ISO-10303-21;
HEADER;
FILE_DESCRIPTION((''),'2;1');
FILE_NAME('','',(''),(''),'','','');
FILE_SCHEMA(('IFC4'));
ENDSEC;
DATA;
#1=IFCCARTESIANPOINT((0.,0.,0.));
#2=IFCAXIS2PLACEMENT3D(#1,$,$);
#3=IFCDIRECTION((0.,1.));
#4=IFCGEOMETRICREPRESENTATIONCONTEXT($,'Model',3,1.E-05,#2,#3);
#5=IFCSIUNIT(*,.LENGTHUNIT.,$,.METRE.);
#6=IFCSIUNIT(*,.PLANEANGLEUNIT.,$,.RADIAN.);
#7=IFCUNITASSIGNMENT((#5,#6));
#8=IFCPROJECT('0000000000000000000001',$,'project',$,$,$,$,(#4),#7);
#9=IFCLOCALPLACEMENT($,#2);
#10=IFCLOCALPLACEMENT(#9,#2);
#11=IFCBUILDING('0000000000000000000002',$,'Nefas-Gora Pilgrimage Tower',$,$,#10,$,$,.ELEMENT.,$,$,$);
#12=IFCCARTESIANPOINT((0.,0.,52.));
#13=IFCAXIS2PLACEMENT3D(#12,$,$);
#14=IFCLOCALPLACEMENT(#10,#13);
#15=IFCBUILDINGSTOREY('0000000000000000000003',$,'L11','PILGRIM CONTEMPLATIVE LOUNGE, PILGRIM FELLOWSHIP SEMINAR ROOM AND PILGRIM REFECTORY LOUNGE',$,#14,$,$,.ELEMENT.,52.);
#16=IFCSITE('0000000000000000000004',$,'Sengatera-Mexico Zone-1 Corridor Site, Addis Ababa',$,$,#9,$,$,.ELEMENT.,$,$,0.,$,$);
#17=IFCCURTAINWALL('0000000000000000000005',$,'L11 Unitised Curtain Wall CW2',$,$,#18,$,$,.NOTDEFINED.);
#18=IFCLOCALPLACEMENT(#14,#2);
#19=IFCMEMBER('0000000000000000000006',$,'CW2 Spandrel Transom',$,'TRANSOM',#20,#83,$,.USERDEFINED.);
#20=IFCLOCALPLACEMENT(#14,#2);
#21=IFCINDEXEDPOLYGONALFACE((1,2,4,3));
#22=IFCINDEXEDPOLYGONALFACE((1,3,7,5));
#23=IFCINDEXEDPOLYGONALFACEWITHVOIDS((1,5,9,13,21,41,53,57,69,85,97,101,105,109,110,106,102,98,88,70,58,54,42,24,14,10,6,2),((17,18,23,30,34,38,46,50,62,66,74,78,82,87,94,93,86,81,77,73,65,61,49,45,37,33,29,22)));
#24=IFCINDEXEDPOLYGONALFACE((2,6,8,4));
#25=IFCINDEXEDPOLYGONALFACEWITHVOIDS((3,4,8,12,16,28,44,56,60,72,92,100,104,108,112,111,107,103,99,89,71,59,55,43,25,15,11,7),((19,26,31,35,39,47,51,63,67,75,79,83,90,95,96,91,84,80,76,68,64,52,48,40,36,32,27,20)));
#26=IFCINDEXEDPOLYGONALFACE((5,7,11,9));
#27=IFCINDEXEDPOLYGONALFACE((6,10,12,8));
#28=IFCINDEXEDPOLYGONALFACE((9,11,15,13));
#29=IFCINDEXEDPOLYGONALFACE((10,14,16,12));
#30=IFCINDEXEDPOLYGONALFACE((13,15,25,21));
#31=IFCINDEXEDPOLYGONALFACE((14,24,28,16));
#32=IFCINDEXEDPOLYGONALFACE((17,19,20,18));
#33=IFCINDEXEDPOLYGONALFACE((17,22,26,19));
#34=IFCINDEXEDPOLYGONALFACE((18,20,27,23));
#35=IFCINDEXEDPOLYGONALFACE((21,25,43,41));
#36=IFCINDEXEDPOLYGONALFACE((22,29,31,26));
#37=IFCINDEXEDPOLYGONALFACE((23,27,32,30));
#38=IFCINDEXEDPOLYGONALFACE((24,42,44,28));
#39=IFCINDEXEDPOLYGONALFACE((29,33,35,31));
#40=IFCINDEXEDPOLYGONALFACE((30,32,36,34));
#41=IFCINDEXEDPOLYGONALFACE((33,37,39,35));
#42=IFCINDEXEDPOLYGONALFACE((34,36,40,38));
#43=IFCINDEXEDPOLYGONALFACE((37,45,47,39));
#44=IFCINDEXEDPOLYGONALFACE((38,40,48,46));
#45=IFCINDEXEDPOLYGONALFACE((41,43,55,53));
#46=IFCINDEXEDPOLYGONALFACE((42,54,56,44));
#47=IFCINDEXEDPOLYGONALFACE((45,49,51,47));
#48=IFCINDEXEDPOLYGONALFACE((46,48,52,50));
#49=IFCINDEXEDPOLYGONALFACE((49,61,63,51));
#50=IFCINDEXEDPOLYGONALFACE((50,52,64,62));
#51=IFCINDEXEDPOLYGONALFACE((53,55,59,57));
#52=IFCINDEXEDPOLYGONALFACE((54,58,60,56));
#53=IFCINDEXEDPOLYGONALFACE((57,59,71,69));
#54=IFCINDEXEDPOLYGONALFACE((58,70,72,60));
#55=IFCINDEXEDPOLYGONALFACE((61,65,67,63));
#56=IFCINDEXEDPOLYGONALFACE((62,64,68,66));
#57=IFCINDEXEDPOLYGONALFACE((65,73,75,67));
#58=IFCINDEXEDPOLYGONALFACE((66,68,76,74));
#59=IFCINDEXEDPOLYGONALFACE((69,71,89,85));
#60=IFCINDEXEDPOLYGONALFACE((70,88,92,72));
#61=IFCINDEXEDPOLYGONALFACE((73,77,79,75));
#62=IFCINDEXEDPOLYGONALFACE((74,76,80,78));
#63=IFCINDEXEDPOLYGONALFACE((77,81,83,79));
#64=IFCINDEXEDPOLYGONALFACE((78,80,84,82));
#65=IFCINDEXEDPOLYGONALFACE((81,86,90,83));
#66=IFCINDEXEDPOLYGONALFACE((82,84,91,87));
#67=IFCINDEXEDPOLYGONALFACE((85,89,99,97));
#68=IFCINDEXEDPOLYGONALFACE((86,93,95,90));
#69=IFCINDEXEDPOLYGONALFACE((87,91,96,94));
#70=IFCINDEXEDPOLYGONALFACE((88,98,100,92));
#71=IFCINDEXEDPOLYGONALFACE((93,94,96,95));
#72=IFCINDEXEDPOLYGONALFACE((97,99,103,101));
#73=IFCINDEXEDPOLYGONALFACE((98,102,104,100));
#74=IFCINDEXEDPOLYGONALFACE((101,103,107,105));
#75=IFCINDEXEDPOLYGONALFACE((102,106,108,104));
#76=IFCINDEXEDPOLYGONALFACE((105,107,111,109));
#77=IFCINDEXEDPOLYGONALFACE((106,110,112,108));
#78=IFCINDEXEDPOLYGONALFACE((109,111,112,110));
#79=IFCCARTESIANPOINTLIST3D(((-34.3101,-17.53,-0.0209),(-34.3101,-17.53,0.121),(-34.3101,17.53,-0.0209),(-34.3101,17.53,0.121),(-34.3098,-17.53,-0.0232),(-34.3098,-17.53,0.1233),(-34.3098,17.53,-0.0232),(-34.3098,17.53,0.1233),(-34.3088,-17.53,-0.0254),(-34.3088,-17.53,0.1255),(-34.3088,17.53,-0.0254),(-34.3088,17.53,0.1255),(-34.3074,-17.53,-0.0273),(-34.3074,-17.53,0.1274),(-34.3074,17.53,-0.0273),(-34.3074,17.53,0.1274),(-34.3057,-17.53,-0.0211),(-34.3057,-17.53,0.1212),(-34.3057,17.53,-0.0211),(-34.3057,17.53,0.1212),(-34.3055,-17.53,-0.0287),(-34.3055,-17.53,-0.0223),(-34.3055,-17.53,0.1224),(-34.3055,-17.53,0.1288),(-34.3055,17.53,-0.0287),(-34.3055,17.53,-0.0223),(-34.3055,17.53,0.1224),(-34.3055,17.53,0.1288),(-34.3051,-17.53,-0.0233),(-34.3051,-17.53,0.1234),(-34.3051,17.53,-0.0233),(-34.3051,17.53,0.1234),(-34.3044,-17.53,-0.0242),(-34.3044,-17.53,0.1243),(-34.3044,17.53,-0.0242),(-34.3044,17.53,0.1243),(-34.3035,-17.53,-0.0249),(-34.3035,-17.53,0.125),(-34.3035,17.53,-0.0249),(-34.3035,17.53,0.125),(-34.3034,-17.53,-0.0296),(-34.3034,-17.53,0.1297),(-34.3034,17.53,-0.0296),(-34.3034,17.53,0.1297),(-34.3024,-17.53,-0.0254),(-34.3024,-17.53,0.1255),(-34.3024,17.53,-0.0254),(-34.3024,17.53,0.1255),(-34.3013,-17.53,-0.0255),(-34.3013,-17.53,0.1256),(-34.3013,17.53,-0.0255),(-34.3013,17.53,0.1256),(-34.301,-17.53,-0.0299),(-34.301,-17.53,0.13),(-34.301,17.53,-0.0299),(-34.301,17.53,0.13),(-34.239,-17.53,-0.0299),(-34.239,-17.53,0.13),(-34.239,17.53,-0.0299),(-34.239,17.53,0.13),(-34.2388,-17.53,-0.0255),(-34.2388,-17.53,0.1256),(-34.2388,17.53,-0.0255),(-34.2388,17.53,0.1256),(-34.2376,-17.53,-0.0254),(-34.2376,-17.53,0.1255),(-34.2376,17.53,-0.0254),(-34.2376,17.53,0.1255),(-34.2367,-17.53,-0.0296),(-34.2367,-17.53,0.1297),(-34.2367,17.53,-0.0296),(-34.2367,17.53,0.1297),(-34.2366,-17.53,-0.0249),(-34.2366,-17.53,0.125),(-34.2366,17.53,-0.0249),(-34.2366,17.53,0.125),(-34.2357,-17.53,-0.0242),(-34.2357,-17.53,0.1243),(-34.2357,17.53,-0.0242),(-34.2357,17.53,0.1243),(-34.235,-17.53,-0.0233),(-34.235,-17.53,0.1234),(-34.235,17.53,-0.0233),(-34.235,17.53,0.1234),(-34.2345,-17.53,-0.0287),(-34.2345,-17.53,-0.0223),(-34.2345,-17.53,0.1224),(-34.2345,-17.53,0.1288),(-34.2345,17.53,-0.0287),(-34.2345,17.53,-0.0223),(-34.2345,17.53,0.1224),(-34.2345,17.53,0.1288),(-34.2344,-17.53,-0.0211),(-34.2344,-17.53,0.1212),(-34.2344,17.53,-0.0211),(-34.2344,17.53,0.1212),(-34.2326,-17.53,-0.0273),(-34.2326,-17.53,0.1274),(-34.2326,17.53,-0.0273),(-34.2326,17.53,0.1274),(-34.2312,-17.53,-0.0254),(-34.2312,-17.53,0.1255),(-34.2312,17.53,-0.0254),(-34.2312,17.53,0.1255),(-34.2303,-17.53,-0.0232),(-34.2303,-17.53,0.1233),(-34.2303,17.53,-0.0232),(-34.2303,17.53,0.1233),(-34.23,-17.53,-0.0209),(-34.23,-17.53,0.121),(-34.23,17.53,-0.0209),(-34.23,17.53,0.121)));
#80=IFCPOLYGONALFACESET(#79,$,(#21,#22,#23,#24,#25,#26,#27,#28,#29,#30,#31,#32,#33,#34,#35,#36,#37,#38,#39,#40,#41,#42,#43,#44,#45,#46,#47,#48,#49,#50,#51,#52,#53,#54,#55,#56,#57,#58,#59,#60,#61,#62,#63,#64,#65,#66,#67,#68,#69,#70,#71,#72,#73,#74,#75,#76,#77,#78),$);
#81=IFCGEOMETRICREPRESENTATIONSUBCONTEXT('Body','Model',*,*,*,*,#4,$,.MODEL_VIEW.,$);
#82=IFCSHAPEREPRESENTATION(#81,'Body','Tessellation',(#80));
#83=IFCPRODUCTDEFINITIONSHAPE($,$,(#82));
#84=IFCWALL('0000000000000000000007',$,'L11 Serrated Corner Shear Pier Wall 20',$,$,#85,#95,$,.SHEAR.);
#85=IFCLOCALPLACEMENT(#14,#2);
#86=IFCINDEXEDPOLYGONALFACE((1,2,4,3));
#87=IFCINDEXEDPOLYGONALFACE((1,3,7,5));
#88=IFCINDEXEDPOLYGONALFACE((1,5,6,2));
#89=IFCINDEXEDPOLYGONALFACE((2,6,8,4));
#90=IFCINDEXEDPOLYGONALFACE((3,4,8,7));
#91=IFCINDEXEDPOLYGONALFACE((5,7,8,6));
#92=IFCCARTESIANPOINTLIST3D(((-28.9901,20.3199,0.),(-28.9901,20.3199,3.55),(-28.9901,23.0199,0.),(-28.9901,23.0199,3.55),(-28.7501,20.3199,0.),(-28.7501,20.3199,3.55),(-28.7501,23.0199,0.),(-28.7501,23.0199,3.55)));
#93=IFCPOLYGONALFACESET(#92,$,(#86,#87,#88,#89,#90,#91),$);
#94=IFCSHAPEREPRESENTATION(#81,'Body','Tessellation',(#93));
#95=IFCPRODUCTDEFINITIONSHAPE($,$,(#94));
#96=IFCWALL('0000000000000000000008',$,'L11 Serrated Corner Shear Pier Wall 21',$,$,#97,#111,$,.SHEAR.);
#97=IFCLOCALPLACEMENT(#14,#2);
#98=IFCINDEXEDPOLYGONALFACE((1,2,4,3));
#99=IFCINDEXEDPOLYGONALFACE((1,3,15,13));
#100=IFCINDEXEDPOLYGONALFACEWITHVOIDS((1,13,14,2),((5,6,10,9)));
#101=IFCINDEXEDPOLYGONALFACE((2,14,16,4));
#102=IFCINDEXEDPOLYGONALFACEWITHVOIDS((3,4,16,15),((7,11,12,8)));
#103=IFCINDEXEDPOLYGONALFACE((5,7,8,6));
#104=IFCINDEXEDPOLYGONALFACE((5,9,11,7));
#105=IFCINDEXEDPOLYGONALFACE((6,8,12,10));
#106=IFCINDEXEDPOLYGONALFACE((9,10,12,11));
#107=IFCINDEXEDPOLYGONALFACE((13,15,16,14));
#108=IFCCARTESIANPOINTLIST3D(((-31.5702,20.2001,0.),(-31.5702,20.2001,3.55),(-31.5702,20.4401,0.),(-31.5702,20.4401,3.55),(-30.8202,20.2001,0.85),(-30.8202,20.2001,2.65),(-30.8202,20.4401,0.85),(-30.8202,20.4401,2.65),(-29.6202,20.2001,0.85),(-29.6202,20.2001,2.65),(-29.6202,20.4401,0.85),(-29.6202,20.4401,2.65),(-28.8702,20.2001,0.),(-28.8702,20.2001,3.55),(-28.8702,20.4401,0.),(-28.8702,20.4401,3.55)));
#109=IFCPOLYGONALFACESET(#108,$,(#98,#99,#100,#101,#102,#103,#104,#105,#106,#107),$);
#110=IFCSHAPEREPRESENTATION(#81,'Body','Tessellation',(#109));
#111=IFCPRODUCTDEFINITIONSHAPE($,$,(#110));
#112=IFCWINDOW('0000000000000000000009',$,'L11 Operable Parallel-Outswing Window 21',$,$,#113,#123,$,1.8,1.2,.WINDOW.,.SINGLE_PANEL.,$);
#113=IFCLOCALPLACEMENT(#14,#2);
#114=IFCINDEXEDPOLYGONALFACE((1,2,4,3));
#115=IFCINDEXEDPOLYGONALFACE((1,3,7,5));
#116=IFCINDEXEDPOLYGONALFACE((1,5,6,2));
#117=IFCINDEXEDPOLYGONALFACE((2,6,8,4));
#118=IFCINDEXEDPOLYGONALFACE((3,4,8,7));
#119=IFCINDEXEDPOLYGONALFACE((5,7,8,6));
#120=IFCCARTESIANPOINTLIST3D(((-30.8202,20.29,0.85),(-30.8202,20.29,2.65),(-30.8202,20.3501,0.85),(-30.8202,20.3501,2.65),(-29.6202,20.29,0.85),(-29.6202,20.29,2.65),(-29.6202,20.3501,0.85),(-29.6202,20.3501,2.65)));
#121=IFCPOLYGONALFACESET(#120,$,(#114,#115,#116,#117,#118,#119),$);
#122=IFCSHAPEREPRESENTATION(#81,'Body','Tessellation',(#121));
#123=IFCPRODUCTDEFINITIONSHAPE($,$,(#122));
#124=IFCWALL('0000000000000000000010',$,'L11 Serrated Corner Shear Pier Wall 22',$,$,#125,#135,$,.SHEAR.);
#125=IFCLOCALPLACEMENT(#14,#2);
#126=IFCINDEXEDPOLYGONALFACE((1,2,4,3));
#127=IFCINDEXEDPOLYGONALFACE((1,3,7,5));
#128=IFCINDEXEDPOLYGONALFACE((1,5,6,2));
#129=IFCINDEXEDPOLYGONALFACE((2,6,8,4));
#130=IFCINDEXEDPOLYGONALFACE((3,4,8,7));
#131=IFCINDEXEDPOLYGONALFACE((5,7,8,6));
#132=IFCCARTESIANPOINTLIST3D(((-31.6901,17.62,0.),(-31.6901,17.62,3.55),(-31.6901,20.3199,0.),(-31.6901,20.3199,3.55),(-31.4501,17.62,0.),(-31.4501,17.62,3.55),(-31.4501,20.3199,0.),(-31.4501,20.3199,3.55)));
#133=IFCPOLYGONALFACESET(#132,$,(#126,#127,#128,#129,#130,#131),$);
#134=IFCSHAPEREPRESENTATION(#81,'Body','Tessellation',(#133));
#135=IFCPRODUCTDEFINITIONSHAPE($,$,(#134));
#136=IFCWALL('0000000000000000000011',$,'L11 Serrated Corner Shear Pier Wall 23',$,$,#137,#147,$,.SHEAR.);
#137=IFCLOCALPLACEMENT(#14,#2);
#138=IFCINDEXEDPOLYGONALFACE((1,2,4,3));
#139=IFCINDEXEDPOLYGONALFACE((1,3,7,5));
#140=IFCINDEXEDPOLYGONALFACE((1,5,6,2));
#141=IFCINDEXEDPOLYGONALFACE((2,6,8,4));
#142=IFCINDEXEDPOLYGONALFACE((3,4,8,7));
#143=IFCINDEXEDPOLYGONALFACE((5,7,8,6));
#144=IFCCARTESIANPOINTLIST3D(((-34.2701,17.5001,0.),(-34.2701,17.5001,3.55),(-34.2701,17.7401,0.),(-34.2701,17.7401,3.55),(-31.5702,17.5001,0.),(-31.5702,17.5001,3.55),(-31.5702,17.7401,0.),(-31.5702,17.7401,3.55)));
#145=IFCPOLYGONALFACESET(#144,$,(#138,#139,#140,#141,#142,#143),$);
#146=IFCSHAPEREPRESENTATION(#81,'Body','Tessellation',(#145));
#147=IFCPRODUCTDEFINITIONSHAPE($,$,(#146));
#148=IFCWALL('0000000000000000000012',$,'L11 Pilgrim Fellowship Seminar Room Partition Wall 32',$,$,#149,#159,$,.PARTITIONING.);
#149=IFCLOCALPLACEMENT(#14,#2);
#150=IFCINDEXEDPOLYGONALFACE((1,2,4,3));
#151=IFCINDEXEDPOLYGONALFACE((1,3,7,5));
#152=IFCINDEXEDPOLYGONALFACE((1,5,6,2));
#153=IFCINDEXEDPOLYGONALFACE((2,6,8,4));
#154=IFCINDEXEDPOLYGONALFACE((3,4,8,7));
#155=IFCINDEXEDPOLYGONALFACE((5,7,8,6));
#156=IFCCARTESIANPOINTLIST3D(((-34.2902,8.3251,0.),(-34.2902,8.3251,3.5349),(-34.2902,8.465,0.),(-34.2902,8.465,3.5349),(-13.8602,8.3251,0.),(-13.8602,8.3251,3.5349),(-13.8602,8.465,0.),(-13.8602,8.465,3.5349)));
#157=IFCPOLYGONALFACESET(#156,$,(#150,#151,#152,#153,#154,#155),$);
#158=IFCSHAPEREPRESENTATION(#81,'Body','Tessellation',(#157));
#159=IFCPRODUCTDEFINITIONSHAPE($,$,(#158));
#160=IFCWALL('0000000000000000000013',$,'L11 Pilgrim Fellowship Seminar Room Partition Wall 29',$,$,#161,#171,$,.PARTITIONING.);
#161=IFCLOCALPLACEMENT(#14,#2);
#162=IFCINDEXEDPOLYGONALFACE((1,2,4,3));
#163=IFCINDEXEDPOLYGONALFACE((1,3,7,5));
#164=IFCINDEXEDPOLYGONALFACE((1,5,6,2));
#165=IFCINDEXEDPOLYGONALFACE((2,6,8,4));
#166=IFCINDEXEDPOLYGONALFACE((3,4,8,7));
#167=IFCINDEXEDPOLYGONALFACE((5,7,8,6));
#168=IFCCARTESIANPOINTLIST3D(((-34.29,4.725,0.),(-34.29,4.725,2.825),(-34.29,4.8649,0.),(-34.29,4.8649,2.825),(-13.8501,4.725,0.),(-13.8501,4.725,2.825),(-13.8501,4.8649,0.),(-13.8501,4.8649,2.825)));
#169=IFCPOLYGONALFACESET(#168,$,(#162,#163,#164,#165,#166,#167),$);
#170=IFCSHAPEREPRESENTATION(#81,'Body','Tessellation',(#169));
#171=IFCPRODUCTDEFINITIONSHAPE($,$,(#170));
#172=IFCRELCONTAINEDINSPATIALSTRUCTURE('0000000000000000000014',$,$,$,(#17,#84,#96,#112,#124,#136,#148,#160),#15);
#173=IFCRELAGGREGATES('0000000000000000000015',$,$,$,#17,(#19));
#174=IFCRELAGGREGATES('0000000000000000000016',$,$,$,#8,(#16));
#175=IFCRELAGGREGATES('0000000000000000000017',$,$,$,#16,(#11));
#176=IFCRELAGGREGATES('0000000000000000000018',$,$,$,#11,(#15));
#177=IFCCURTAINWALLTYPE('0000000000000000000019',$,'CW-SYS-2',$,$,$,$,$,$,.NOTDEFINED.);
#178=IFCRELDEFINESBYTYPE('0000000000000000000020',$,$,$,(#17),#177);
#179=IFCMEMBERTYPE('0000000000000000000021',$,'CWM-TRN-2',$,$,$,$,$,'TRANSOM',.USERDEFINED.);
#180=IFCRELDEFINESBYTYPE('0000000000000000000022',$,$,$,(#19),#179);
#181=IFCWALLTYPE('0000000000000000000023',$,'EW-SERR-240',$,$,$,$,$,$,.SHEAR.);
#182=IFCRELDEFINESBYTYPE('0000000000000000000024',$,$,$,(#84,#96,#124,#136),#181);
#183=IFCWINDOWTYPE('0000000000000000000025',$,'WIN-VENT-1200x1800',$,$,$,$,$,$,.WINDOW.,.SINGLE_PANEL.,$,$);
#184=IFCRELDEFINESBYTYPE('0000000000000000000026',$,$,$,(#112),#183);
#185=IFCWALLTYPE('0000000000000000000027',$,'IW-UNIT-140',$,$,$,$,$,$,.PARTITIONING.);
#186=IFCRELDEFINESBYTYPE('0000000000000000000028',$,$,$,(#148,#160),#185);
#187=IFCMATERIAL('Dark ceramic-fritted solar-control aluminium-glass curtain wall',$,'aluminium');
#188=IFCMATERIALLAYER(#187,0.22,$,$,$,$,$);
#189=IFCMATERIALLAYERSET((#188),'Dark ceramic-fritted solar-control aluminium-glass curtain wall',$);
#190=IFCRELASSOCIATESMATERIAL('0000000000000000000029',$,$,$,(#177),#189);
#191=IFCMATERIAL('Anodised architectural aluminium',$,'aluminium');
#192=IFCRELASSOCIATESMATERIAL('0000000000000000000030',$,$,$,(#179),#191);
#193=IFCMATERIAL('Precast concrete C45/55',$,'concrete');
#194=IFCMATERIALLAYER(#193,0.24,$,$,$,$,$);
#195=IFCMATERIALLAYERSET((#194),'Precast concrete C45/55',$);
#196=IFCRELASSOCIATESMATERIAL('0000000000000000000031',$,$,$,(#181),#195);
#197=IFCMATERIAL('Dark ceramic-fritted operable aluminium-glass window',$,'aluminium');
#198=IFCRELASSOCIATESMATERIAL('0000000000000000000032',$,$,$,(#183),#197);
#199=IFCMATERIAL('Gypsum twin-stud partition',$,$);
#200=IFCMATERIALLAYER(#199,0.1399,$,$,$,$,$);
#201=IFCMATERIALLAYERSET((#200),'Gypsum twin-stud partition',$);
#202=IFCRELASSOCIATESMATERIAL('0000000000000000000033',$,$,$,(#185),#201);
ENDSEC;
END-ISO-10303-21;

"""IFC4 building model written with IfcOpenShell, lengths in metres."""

from ifc_helpers import new_model, si_unit, direction, frame, frame_2d, origin, origin_2d, place, context, subcontext, project, spatial, rectangle, hollow_rectangle, extrude, source, transform, mapped, material, layer, layer_set, material_profile, profile_set, type_object, element, fill, aggregate, save


model = new_model("IFC4")

# Units and contexts
model_context = context("Model", 3, precision=1e-05, world=origin(), true_north=direction((0.0, 1.0)))
body_context = subcontext(model_context, "Body", "Model", "MODEL_VIEW")
ifc_project = project(units=[si_unit("LENGTHUNIT", "METRE"), si_unit("PLANEANGLEUNIT", "RADIAN")], contexts=[model_context])

# Site, building, storey
site_placement = place(None, origin())
site = spatial("IfcSite", under=ifc_project, at=site_placement, Name="Sengatera-Mexico Zone-1 Corridor Site, Addis Ababa", CompositionType="ELEMENT", RefElevation=0.0)
building_placement = place(site_placement, origin())
building = spatial("IfcBuilding", under=site, at=building_placement, Name="Nefas-Gora Pilgrimage Tower", CompositionType="ELEMENT")
storey_placement = place(building_placement, frame((0.0, 0.0, 52.0)))
storey = spatial("IfcBuildingStorey", under=building, at=storey_placement, Name="L11", Description="PILGRIM CONTEMPLATIVE LOUNGE, PILGRIM FELLOWSHIP SEMINAR ROOM AND PILGRIM REFECTORY LOUNGE", CompositionType="ELEMENT", Elevation=52.0)

# Shared definitions
ifc_material_1 = material(Name="Dark ceramic-fritted solar-control aluminium-glass curtain wall", Category="aluminium")
ifc_layer_1 = layer(ifc_material_1, 0.22)
ifc_layer_set_1 = layer_set([ifc_layer_1], Name="Dark ceramic-fritted solar-control aluminium-glass curtain wall")
curtain_wall_type = type_object("IfcCurtainWallType", Name="CW-SYS-2", PredefinedType="NOTDEFINED", material=ifc_layer_set_1)
ifc_material_2 = material(Name="Anodised architectural aluminium", Category="aluminium")

# Curtain wall, member
curtain_wall_1_placement = place(storey_placement, origin())
curtain_wall_1 = element("IfcCurtainWall", 1, at=curtain_wall_1_placement, inside=storey, type_object=curtain_wall_type, Name="L11 Unitised Curtain Wall CW2", PredefinedType="NOTDEFINED")
ifc_material_profile_1 = material_profile(ifc_material_2, hollow_rectangle(XDim=0.0801, YDim=0.1599, WallThickness=0.0044, InnerFilletRadius=0.0044, OuterFilletRadius=0.009, at=origin_2d()), Name="ALU TRANSOM 80x160")
ifc_profile_set_1 = profile_set([ifc_material_profile_1], Name="Anodised architectural aluminium")
member_type_1 = type_object("IfcMemberType", Name="CWM-TRN-2", ElementType="TRANSOM", PredefinedType="USERDEFINED", material=ifc_profile_set_1)
shared_shape_1 = source(origin(), body_context, "Body", "SweptSolid", [
    extrude(hollow_rectangle(XDim=0.0801, YDim=0.1599, WallThickness=0.0044, InnerFilletRadius=0.0044, OuterFilletRadius=0.009, at=origin_2d()), origin(), (0.0, 0.0, 1.0), 35.0601),
])
member_1_placement = place(storey_placement, frame((-34.27, 17.53, 0.05), z_axis=(0.0, -1.0, 0.0), x_axis=(1.0, 0.0, 0.0)))
member_1 = element("IfcMember", 2, at=member_1_placement, type_object=member_type_1, Name="CW2 Spandrel Transom", ObjectType="TRANSOM", PredefinedType="USERDEFINED", context=body_context, shape_type="MappedRepresentation", body=[
    mapped(shared_shape_1, transform((0.0, 0.0, 0.0), x_axis=(1.0, 0.0, 0.0), y_axis=(0.0, 1.0, 0.0), z_axis=(0.0, 0.0, 1.0), scale=1.0)),
])
aggregate(curtain_wall_1, [member_1])

# Wall
ifc_material_3 = material(Name="Precast concrete C45/55", Category="concrete")
ifc_layer_2 = layer(ifc_material_3, 0.24)
ifc_layer_set_2 = layer_set([ifc_layer_2], Name="Precast concrete C45/55")
wall_type_1 = type_object("IfcWallType", Name="EW-SERR-240", PredefinedType="SHEAR", material=ifc_layer_set_2)
shared_shape_2 = source(origin(), body_context, "Body", "SweptSolid", [
    extrude(rectangle(XDim=2.7, YDim=0.24, at=frame_2d((1.3501, 0.0))), origin(), (0.0, 0.0, 1.0), 3.55),
])
wall_1_placement = place(storey_placement, frame((-28.8701, 23.02, 0.0), z_axis=(0.0, 0.0, 1.0), x_axis=(0.0, -1.0, 0.0)))
element("IfcWall", 3, at=wall_1_placement, inside=storey, type_object=wall_type_1, Name="L11 Serrated Corner Shear Pier Wall 20", PredefinedType="SHEAR", context=body_context, shape_type="MappedRepresentation", body=[
    mapped(shared_shape_2, transform((0.0, 0.0, 0.0), x_axis=(1.0, 0.0, 0.0), y_axis=(0.0, 1.0, 0.0), z_axis=(0.0, 0.0, 1.0), scale=1.0)),
])

# Wall, opening, window
wall_2_placement = place(storey_placement, frame((-28.8701, 20.3201, 0.0), z_axis=(0.0, 0.0, 1.0), x_axis=(-1.0, 0.0, 0.0)))
wall_2 = element("IfcWall", 4, at=wall_2_placement, inside=storey, type_object=wall_type_1, Name="L11 Serrated Corner Shear Pier Wall 21", PredefinedType="SHEAR", context=body_context, shape_type="MappedRepresentation", body=[
    mapped(shared_shape_2, transform((0.0, 0.0, 0.0), x_axis=(1.0, 0.0, 0.0), y_axis=(0.0, 1.0, 0.0), z_axis=(0.0, 0.0, 1.0), scale=1.0)),
])
opening_placement = place(wall_2_placement, frame((0.75, 0.0, 0.8501)))
opening = element("IfcOpeningElement", 5, at=opening_placement, cuts=wall_2, PredefinedType="OPENING", context=body_context, shape_type="SweptSolid", body=[
    extrude(rectangle(XDim=1.2, YDim=1.8, at=frame_2d((0.6001, 0.8999))), frame((0.0, 0.1299, 0.0), z_axis=(0.0, -1.0, 0.0), x_axis=(1.0, 0.0, 0.0)), (0.0, 0.0, 1.0), 0.26),
])
ifc_material_4 = material(Name="Dark ceramic-fritted operable aluminium-glass window", Category="aluminium")
window_type = type_object("IfcWindowType", Name="WIN-VENT-1200x1800", PartitioningType="SINGLE_PANEL", PredefinedType="WINDOW", material=ifc_material_4)
shared_shape_3 = source(origin(), body_context, "Body", "SweptSolid", [
    extrude(rectangle(XDim=1.2, YDim=1.8, at=frame_2d((0.6001, 0.8999))), frame((0.0, 0.03, 0.0), z_axis=(0.0, -1.0, 0.0), x_axis=(1.0, 0.0, 0.0)), (0.0, 0.0, 1.0), 0.0601),
])
window_placement = place(opening_placement, origin())
window = element("IfcWindow", 6, at=window_placement, inside=storey, type_object=window_type, Name="L11 Operable Parallel-Outswing Window 21", OverallHeight=1.8, OverallWidth=1.2, PartitioningType="SINGLE_PANEL", PredefinedType="WINDOW", context=body_context, shape_type="MappedRepresentation", body=[
    mapped(shared_shape_3, transform((0.0, 0.0, 0.0), x_axis=(1.0, 0.0, 0.0), y_axis=(0.0, 1.0, 0.0), z_axis=(0.0, 0.0, 1.0), scale=1.0)),
])
fill(opening, window)

# Walls
for number, where, z_axis, x_axis, name in (
    (7, (-31.5701, 20.3201, 0.0), (0.0, 0.0, 1.0), (0.0, -1.0, 0.0), "L11 Serrated Corner Shear Pier Wall 22"),
    (8, (-31.5701, 17.6201, 0.0), (0.0, 0.0, 1.0), (-1.0, 0.0, 0.0), "L11 Serrated Corner Shear Pier Wall 23"),
):
    element("IfcWall", number, at=place(storey_placement, frame(where, z_axis=z_axis, x_axis=x_axis)), inside=storey, type_object=wall_type_1, Name=name, PredefinedType="SHEAR", context=body_context, shape_type="MappedRepresentation", body=[
        mapped(shared_shape_2, transform((0.0, 0.0, 0.0), x_axis=(1.0, 0.0, 0.0), y_axis=(0.0, 1.0, 0.0), z_axis=(0.0, 0.0, 1.0), scale=1.0)),
    ])
ifc_material_5 = material(Name="Gypsum twin-stud partition")
ifc_layer_3 = layer(ifc_material_5, 0.1399)
ifc_layer_set_3 = layer_set([ifc_layer_3], Name="Gypsum twin-stud partition")
wall_type_2 = type_object("IfcWallType", Name="IW-UNIT-140", PredefinedType="PARTITIONING", material=ifc_layer_set_3)
shared_shape_4 = source(origin(), body_context, "Body", "SweptSolid", [
    extrude(rectangle(XDim=20.4299, YDim=0.1399, at=frame_2d((10.2148, 0.0))), origin(), (0.0, 0.0, 1.0), 3.5349),
])
wall_3_placement = place(storey_placement, frame((-34.29, 8.395, 0.0), z_axis=(0.0, 0.0, 1.0), x_axis=(1.0, 0.0, 0.0)))
element("IfcWall", 9, at=wall_3_placement, inside=storey, type_object=wall_type_2, Name="L11 Pilgrim Fellowship Seminar Room Partition Wall 32", PredefinedType="PARTITIONING", context=body_context, shape_type="MappedRepresentation", body=[
    mapped(shared_shape_4, transform((0.0, 0.0, 0.0), x_axis=(1.0, 0.0, 0.0), y_axis=(0.0, 1.0, 0.0), z_axis=(0.0, 0.0, 1.0), scale=1.0)),
])
shared_shape_5 = source(origin(), body_context, "Body", "SweptSolid", [
    extrude(rectangle(XDim=20.4399, YDim=0.1399, at=frame_2d((10.22, 0.0))), origin(), (0.0, 0.0, 1.0), 2.825),
])
wall_4_placement = place(storey_placement, frame((-34.29, 4.7949, 0.0), z_axis=(0.0, 0.0, 1.0), x_axis=(1.0, 0.0, 0.0)))
element("IfcWall", 10, at=wall_4_placement, inside=storey, type_object=wall_type_2, Name="L11 Pilgrim Fellowship Seminar Room Partition Wall 29", PredefinedType="PARTITIONING", context=body_context, shape_type="MappedRepresentation", body=[
    mapped(shared_shape_5, transform((0.0, 0.0, 0.0), x_axis=(1.0, 0.0, 0.0), y_axis=(0.0, 1.0, 0.0), z_axis=(0.0, 0.0, 1.0), scale=1.0)),
])

save(model, "model.ifc")
